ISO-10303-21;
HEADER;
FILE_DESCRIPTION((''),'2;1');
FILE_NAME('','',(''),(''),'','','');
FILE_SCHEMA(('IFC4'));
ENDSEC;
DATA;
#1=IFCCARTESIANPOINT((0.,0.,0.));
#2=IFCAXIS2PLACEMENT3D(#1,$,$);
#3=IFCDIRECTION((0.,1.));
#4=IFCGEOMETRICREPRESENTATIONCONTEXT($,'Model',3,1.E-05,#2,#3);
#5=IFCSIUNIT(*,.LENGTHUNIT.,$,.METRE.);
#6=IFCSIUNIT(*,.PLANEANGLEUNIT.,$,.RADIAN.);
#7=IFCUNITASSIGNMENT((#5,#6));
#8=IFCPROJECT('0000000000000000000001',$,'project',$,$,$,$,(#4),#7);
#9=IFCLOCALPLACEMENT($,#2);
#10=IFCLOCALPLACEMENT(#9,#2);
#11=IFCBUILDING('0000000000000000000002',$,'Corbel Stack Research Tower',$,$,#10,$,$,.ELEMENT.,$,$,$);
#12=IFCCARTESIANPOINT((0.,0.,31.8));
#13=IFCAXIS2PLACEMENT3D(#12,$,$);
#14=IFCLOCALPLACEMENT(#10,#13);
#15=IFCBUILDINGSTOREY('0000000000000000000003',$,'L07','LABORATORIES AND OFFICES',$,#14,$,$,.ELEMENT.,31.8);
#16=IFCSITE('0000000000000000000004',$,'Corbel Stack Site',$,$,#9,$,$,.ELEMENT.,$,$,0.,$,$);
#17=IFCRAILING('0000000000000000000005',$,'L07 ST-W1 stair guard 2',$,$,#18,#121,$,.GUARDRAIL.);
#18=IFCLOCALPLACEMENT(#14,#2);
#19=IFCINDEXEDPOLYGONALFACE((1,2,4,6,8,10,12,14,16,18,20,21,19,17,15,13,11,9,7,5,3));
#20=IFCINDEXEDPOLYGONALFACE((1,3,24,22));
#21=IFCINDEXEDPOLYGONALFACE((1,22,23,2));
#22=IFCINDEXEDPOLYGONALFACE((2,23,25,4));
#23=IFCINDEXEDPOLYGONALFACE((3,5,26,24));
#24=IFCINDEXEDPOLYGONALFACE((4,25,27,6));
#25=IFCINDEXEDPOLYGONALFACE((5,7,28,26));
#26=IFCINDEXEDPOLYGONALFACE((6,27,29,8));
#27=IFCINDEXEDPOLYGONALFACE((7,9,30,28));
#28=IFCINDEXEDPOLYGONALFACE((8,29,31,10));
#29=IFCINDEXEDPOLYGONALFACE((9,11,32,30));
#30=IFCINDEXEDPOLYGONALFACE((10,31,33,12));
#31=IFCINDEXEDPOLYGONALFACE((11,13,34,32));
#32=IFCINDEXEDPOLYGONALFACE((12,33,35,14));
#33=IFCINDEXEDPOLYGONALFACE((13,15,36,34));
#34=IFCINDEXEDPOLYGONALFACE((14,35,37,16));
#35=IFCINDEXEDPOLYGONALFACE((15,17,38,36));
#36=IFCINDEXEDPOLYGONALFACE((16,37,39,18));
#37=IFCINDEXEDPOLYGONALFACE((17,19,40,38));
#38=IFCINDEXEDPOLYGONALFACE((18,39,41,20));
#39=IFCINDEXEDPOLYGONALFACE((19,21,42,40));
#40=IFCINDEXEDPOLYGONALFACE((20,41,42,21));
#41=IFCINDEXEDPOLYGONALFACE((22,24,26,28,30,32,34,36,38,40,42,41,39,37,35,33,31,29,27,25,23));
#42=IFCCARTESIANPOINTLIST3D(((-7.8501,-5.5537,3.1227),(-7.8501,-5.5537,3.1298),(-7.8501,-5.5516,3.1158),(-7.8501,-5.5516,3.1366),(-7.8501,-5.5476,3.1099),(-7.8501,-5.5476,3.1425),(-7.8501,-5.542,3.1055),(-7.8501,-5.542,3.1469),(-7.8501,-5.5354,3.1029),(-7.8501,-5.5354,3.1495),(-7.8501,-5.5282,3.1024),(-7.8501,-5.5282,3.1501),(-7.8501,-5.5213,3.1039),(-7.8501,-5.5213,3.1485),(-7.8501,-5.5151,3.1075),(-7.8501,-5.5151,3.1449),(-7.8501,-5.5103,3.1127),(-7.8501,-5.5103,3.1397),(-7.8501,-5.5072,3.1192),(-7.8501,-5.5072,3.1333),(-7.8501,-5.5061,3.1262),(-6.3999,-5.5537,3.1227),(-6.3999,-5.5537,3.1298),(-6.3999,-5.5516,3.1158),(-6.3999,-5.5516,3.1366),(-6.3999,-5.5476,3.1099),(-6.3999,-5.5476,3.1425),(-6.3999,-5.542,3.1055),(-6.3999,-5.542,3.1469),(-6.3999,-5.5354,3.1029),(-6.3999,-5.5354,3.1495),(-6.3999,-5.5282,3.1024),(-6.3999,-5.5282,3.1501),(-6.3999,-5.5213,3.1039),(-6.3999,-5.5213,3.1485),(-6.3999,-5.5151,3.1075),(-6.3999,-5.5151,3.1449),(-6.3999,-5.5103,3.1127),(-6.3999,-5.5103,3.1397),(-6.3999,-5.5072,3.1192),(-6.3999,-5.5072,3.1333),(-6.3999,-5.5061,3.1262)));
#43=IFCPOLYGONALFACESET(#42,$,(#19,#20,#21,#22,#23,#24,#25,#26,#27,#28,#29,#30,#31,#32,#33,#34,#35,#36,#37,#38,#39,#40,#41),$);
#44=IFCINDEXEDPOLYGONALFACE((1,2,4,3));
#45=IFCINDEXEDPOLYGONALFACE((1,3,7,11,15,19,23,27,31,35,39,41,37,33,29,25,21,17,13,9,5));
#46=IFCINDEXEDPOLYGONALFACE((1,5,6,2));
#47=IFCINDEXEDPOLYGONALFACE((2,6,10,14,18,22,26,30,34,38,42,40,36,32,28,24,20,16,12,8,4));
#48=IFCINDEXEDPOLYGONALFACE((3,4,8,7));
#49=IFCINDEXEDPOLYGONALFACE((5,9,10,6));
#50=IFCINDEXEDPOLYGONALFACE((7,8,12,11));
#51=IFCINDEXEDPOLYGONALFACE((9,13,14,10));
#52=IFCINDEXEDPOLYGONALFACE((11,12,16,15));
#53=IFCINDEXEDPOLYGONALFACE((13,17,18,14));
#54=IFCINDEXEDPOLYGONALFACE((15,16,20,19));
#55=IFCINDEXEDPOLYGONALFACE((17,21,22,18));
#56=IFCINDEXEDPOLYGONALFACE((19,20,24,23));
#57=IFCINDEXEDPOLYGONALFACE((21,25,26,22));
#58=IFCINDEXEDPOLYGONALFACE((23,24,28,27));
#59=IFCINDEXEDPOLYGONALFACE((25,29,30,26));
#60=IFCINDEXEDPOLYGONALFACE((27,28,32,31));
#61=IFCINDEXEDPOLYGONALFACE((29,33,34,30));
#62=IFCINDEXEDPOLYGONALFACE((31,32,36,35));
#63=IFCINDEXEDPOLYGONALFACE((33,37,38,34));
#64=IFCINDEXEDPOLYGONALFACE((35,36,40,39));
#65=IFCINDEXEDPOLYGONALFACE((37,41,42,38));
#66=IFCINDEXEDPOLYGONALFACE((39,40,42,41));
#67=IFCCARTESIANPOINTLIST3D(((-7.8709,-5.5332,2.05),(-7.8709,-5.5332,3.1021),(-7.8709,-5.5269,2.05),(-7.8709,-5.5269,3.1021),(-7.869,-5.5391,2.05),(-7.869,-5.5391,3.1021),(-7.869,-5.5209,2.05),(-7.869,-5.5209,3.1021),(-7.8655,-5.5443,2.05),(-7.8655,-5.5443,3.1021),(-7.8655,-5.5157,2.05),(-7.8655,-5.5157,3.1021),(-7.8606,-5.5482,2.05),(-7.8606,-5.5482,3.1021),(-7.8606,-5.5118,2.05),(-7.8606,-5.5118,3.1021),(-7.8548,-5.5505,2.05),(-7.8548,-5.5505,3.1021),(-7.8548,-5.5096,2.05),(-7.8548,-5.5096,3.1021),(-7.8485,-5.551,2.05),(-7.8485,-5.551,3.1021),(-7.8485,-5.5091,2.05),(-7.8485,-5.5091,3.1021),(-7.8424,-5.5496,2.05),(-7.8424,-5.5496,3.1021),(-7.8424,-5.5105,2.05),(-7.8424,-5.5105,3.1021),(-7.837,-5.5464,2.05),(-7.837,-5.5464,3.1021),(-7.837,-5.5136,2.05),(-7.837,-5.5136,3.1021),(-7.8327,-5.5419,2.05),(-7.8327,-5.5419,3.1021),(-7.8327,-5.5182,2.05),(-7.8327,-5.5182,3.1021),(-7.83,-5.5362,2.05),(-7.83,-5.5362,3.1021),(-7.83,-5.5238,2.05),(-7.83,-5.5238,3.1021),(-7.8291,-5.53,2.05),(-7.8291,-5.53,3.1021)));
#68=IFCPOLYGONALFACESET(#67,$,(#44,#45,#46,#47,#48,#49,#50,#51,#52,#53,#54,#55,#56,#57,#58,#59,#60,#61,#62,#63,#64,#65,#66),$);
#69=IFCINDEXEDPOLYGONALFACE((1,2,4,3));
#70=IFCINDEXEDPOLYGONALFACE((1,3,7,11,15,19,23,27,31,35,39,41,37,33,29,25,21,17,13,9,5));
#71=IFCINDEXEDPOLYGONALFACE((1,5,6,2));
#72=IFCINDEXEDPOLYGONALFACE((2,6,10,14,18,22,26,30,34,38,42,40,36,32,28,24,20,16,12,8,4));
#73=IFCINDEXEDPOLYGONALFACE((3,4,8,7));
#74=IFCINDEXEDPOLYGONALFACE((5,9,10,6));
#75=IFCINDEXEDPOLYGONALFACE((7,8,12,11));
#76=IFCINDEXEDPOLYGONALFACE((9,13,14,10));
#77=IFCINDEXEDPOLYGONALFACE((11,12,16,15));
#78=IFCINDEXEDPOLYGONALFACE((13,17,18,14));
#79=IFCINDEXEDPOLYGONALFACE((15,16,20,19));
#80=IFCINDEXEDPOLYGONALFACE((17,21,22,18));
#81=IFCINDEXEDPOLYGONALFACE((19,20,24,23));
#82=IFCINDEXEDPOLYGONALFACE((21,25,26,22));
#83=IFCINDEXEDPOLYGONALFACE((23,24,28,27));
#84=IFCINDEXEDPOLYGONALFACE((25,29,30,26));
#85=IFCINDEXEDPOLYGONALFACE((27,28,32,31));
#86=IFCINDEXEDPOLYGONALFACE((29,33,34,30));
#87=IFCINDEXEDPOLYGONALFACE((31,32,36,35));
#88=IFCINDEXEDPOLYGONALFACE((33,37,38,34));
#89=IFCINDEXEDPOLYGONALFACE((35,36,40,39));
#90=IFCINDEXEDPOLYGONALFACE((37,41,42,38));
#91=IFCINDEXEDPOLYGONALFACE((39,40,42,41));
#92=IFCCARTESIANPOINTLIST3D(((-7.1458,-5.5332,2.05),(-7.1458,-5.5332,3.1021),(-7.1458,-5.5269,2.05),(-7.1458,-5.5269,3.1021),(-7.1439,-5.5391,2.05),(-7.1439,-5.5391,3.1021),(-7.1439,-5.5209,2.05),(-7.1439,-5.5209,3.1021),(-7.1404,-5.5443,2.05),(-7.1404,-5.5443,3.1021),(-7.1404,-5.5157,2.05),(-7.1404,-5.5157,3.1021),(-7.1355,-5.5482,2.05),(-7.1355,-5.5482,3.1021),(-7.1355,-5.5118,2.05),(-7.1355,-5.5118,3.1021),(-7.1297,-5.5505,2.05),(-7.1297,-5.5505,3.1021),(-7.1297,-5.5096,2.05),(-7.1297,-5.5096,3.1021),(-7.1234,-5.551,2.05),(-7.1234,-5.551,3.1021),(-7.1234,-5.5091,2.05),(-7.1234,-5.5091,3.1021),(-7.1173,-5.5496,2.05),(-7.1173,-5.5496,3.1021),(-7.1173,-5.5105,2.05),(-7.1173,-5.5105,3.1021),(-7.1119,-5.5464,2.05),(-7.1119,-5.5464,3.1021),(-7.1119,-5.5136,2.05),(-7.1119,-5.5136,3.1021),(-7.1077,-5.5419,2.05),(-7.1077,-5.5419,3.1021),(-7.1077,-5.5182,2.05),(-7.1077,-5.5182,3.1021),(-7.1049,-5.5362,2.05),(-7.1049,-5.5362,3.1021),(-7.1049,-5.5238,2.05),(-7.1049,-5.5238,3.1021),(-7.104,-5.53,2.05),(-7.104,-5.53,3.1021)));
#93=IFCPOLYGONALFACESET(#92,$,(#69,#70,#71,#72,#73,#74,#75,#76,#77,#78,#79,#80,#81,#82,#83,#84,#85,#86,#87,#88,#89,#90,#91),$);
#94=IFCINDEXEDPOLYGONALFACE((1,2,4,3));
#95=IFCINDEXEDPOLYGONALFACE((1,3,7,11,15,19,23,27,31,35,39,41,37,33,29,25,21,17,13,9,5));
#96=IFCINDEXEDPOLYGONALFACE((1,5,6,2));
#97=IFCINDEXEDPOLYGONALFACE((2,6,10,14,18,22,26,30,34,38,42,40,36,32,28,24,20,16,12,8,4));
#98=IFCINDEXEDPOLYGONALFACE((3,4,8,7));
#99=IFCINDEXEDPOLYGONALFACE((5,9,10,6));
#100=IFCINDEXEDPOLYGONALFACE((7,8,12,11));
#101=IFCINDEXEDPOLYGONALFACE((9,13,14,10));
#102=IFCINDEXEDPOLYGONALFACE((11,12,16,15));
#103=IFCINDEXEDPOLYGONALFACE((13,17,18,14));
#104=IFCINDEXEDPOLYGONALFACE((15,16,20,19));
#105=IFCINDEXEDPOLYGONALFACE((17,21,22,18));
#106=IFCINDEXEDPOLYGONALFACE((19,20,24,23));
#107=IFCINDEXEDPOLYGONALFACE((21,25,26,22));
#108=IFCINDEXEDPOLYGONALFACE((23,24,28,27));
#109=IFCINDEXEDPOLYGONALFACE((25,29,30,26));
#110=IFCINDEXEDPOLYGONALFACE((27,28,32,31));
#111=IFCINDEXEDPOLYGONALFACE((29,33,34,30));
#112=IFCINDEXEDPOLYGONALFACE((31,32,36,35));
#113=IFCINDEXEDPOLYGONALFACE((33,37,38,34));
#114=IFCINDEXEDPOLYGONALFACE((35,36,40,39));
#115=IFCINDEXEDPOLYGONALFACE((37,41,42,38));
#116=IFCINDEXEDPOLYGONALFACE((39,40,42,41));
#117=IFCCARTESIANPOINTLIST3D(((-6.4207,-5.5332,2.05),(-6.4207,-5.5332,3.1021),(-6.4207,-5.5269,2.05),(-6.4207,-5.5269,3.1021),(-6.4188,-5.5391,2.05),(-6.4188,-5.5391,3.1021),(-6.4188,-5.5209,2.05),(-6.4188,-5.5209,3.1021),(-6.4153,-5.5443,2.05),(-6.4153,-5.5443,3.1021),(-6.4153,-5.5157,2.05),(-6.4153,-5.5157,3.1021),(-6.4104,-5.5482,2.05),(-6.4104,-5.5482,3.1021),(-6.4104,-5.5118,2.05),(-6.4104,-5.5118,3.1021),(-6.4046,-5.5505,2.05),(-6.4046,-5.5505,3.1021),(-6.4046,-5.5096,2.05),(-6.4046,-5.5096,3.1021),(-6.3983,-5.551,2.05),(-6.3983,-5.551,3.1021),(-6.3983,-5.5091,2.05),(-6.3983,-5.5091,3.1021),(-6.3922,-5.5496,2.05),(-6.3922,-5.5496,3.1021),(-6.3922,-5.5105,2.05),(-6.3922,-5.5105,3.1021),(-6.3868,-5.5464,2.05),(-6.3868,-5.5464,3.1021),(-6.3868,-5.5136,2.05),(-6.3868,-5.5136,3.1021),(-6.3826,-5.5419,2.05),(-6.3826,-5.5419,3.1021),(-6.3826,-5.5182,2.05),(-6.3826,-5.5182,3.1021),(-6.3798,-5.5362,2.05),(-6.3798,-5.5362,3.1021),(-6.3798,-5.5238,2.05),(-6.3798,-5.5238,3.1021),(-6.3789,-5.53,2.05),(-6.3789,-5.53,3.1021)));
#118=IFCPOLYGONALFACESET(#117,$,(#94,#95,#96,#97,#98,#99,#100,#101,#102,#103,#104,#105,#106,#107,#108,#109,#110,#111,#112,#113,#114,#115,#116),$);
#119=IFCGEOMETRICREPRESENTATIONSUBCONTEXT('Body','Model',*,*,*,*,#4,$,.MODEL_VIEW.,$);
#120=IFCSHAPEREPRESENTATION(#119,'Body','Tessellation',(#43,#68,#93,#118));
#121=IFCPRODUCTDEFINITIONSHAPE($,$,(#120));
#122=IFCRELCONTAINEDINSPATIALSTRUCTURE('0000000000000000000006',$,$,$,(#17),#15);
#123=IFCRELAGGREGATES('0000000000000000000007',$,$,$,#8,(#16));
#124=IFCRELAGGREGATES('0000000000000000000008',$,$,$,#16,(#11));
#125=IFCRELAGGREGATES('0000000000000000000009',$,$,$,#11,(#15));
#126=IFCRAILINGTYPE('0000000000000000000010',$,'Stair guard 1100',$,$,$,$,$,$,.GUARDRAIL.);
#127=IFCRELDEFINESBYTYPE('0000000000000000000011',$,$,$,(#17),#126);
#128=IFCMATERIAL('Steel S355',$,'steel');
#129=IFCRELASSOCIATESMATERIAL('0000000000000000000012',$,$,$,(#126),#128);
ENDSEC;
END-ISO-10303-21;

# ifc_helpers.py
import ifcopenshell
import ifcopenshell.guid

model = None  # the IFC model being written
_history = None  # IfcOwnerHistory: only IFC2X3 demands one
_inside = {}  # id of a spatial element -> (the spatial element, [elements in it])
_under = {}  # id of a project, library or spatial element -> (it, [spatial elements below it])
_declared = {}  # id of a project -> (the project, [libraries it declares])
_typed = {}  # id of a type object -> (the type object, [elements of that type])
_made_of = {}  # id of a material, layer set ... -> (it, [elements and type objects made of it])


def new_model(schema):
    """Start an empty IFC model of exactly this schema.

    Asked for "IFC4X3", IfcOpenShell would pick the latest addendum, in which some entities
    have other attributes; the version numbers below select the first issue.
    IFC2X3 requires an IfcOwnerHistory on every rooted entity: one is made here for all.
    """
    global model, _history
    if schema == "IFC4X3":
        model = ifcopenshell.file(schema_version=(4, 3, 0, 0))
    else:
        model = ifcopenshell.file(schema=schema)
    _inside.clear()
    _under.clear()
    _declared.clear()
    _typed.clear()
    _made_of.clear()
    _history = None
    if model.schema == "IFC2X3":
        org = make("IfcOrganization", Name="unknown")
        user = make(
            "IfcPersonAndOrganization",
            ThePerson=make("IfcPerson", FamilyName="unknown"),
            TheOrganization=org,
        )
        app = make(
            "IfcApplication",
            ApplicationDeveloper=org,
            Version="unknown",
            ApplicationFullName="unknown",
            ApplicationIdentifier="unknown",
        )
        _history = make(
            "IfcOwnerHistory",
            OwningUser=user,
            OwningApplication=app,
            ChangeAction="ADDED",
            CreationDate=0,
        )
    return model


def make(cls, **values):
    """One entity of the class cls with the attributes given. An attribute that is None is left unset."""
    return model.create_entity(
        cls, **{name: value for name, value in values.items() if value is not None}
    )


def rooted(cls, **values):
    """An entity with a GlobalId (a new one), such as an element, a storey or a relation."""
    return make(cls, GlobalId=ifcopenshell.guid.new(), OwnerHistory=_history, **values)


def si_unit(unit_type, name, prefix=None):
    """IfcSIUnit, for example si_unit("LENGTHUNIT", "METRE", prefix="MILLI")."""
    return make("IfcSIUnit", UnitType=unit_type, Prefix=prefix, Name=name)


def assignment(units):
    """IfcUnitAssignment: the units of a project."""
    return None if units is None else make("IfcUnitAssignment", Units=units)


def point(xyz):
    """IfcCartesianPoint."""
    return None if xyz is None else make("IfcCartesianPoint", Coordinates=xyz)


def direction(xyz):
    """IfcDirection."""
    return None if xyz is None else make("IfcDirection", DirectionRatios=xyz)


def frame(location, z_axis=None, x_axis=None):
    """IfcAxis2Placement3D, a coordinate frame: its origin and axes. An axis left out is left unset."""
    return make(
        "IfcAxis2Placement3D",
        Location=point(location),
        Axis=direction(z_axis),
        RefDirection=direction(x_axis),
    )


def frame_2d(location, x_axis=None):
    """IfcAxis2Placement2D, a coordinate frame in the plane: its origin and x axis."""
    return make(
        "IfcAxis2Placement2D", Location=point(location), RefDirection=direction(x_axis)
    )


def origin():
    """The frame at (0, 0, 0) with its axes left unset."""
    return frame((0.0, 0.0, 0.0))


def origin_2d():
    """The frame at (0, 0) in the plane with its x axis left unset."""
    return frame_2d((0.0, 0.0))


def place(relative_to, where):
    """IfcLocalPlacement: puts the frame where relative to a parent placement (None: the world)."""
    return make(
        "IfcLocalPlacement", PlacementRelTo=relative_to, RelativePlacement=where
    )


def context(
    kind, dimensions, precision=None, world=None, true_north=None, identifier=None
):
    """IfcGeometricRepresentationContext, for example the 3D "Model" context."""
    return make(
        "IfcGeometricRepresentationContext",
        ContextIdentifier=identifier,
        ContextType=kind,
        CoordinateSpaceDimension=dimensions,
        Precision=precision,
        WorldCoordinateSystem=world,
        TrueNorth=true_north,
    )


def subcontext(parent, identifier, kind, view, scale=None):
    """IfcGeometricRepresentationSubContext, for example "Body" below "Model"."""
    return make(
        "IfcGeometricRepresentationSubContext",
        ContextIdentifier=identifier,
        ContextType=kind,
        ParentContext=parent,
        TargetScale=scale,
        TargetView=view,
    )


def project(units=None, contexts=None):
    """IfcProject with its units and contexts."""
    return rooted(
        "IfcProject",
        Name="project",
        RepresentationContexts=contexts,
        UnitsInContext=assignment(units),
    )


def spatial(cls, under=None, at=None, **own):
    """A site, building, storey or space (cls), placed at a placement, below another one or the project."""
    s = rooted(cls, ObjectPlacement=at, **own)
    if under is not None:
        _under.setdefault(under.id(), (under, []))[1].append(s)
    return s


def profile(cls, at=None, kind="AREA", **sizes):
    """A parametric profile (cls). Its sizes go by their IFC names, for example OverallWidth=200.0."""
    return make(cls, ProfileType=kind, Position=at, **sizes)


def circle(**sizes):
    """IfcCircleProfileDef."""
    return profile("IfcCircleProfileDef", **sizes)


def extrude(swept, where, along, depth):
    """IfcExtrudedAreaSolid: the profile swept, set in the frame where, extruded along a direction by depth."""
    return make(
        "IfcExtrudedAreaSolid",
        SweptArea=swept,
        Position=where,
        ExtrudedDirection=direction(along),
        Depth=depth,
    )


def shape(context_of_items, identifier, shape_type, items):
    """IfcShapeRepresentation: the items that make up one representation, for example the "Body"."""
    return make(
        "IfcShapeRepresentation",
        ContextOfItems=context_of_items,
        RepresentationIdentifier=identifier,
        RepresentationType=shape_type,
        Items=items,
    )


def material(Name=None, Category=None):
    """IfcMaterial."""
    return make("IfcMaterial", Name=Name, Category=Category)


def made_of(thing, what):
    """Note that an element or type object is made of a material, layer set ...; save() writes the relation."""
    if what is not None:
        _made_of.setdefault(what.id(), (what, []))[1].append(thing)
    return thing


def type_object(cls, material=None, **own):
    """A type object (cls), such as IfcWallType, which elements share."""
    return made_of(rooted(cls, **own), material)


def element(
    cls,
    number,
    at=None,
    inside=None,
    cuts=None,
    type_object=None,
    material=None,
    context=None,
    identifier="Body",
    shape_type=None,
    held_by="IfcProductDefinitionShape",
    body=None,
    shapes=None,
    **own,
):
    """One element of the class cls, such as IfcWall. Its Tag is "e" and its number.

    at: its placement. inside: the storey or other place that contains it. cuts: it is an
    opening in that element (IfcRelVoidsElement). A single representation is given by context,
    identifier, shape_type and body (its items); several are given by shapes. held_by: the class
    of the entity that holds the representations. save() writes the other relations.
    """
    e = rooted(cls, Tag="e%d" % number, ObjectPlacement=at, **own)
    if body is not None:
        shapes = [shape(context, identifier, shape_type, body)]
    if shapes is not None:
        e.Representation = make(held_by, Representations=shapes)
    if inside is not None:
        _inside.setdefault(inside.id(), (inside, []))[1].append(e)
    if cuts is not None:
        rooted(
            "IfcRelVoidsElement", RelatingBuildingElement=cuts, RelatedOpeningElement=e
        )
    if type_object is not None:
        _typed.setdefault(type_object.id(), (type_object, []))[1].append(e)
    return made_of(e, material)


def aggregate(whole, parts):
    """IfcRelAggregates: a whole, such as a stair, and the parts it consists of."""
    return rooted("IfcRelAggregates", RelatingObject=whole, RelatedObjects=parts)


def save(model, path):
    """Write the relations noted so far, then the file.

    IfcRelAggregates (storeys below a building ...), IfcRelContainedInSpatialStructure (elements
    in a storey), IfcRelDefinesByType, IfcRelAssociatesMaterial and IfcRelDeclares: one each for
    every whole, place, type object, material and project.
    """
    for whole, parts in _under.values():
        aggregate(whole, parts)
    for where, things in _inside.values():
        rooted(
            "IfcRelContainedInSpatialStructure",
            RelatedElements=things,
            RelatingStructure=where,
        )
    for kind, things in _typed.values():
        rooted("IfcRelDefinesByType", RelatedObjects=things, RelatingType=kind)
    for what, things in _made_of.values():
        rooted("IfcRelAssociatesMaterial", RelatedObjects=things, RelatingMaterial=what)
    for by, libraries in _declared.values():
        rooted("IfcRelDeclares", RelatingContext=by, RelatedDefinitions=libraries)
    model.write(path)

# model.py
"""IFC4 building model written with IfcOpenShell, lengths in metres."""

from ifc_helpers import new_model, si_unit, direction, frame, origin, origin_2d, place, context, subcontext, project, spatial, circle, extrude, material, type_object, element, save


model = new_model("IFC4")

# Units and contexts
model_context = context("Model", 3, precision=1e-05, world=origin(), true_north=direction((0.0, 1.0)))
body_context = subcontext(model_context, "Body", "Model", "MODEL_VIEW")
ifc_project = project(units=[si_unit("LENGTHUNIT", "METRE"), si_unit("PLANEANGLEUNIT", "RADIAN")], contexts=[model_context])

# Site, building, storey
site_placement = place(None, origin())
site = spatial("IfcSite", under=ifc_project, at=site_placement, Name="Corbel Stack Site", CompositionType="ELEMENT", RefElevation=0.0)
building_placement = place(site_placement, origin())
building = spatial("IfcBuilding", under=site, at=building_placement, Name="Corbel Stack Research Tower", CompositionType="ELEMENT")
storey_placement = place(building_placement, frame((0.0, 0.0, 31.8)))
storey = spatial("IfcBuildingStorey", under=building, at=storey_placement, Name="L07", Description="LABORATORIES AND OFFICES", CompositionType="ELEMENT", Elevation=31.8)

# Railing
ifc_material_1 = material(Name="Steel S355", Category="steel")
railing_type_1 = type_object("IfcRailingType", Name="Stair guard 1100", PredefinedType="GUARDRAIL", material=ifc_material_1)
railing_1_placement = place(storey_placement, frame((-7.8501, -5.53, 2.05)))
element("IfcRailing", 1, at=railing_1_placement, inside=storey, type_object=railing_type_1, Name="L07 ST-W1 stair guard 2", PredefinedType="GUARDRAIL", context=body_context, shape_type="SweptSolid", body=[
    extrude(circle(Radius=0.0239, at=origin_2d()), frame((0.0, 0.0, 1.0762), z_axis=(1.0, 0.0, 0.0), x_axis=(0.0, 1.0, 0.0)), (0.0, 0.0, 1.0), 1.4502),
    extrude(circle(Radius=0.021, at=origin_2d()), origin(), (0.0, 0.0, 1.0), 1.052),
    extrude(circle(Radius=0.021, at=origin_2d()), frame((0.7251, 0.0, 0.0)), (0.0, 0.0, 1.0), 1.052),
    extrude(circle(Radius=0.021, at=origin_2d()), frame((1.4502, 0.0, 0.0)), (0.0, 0.0, 1.0), 1.052),
])

save(model, "model.ifc")
